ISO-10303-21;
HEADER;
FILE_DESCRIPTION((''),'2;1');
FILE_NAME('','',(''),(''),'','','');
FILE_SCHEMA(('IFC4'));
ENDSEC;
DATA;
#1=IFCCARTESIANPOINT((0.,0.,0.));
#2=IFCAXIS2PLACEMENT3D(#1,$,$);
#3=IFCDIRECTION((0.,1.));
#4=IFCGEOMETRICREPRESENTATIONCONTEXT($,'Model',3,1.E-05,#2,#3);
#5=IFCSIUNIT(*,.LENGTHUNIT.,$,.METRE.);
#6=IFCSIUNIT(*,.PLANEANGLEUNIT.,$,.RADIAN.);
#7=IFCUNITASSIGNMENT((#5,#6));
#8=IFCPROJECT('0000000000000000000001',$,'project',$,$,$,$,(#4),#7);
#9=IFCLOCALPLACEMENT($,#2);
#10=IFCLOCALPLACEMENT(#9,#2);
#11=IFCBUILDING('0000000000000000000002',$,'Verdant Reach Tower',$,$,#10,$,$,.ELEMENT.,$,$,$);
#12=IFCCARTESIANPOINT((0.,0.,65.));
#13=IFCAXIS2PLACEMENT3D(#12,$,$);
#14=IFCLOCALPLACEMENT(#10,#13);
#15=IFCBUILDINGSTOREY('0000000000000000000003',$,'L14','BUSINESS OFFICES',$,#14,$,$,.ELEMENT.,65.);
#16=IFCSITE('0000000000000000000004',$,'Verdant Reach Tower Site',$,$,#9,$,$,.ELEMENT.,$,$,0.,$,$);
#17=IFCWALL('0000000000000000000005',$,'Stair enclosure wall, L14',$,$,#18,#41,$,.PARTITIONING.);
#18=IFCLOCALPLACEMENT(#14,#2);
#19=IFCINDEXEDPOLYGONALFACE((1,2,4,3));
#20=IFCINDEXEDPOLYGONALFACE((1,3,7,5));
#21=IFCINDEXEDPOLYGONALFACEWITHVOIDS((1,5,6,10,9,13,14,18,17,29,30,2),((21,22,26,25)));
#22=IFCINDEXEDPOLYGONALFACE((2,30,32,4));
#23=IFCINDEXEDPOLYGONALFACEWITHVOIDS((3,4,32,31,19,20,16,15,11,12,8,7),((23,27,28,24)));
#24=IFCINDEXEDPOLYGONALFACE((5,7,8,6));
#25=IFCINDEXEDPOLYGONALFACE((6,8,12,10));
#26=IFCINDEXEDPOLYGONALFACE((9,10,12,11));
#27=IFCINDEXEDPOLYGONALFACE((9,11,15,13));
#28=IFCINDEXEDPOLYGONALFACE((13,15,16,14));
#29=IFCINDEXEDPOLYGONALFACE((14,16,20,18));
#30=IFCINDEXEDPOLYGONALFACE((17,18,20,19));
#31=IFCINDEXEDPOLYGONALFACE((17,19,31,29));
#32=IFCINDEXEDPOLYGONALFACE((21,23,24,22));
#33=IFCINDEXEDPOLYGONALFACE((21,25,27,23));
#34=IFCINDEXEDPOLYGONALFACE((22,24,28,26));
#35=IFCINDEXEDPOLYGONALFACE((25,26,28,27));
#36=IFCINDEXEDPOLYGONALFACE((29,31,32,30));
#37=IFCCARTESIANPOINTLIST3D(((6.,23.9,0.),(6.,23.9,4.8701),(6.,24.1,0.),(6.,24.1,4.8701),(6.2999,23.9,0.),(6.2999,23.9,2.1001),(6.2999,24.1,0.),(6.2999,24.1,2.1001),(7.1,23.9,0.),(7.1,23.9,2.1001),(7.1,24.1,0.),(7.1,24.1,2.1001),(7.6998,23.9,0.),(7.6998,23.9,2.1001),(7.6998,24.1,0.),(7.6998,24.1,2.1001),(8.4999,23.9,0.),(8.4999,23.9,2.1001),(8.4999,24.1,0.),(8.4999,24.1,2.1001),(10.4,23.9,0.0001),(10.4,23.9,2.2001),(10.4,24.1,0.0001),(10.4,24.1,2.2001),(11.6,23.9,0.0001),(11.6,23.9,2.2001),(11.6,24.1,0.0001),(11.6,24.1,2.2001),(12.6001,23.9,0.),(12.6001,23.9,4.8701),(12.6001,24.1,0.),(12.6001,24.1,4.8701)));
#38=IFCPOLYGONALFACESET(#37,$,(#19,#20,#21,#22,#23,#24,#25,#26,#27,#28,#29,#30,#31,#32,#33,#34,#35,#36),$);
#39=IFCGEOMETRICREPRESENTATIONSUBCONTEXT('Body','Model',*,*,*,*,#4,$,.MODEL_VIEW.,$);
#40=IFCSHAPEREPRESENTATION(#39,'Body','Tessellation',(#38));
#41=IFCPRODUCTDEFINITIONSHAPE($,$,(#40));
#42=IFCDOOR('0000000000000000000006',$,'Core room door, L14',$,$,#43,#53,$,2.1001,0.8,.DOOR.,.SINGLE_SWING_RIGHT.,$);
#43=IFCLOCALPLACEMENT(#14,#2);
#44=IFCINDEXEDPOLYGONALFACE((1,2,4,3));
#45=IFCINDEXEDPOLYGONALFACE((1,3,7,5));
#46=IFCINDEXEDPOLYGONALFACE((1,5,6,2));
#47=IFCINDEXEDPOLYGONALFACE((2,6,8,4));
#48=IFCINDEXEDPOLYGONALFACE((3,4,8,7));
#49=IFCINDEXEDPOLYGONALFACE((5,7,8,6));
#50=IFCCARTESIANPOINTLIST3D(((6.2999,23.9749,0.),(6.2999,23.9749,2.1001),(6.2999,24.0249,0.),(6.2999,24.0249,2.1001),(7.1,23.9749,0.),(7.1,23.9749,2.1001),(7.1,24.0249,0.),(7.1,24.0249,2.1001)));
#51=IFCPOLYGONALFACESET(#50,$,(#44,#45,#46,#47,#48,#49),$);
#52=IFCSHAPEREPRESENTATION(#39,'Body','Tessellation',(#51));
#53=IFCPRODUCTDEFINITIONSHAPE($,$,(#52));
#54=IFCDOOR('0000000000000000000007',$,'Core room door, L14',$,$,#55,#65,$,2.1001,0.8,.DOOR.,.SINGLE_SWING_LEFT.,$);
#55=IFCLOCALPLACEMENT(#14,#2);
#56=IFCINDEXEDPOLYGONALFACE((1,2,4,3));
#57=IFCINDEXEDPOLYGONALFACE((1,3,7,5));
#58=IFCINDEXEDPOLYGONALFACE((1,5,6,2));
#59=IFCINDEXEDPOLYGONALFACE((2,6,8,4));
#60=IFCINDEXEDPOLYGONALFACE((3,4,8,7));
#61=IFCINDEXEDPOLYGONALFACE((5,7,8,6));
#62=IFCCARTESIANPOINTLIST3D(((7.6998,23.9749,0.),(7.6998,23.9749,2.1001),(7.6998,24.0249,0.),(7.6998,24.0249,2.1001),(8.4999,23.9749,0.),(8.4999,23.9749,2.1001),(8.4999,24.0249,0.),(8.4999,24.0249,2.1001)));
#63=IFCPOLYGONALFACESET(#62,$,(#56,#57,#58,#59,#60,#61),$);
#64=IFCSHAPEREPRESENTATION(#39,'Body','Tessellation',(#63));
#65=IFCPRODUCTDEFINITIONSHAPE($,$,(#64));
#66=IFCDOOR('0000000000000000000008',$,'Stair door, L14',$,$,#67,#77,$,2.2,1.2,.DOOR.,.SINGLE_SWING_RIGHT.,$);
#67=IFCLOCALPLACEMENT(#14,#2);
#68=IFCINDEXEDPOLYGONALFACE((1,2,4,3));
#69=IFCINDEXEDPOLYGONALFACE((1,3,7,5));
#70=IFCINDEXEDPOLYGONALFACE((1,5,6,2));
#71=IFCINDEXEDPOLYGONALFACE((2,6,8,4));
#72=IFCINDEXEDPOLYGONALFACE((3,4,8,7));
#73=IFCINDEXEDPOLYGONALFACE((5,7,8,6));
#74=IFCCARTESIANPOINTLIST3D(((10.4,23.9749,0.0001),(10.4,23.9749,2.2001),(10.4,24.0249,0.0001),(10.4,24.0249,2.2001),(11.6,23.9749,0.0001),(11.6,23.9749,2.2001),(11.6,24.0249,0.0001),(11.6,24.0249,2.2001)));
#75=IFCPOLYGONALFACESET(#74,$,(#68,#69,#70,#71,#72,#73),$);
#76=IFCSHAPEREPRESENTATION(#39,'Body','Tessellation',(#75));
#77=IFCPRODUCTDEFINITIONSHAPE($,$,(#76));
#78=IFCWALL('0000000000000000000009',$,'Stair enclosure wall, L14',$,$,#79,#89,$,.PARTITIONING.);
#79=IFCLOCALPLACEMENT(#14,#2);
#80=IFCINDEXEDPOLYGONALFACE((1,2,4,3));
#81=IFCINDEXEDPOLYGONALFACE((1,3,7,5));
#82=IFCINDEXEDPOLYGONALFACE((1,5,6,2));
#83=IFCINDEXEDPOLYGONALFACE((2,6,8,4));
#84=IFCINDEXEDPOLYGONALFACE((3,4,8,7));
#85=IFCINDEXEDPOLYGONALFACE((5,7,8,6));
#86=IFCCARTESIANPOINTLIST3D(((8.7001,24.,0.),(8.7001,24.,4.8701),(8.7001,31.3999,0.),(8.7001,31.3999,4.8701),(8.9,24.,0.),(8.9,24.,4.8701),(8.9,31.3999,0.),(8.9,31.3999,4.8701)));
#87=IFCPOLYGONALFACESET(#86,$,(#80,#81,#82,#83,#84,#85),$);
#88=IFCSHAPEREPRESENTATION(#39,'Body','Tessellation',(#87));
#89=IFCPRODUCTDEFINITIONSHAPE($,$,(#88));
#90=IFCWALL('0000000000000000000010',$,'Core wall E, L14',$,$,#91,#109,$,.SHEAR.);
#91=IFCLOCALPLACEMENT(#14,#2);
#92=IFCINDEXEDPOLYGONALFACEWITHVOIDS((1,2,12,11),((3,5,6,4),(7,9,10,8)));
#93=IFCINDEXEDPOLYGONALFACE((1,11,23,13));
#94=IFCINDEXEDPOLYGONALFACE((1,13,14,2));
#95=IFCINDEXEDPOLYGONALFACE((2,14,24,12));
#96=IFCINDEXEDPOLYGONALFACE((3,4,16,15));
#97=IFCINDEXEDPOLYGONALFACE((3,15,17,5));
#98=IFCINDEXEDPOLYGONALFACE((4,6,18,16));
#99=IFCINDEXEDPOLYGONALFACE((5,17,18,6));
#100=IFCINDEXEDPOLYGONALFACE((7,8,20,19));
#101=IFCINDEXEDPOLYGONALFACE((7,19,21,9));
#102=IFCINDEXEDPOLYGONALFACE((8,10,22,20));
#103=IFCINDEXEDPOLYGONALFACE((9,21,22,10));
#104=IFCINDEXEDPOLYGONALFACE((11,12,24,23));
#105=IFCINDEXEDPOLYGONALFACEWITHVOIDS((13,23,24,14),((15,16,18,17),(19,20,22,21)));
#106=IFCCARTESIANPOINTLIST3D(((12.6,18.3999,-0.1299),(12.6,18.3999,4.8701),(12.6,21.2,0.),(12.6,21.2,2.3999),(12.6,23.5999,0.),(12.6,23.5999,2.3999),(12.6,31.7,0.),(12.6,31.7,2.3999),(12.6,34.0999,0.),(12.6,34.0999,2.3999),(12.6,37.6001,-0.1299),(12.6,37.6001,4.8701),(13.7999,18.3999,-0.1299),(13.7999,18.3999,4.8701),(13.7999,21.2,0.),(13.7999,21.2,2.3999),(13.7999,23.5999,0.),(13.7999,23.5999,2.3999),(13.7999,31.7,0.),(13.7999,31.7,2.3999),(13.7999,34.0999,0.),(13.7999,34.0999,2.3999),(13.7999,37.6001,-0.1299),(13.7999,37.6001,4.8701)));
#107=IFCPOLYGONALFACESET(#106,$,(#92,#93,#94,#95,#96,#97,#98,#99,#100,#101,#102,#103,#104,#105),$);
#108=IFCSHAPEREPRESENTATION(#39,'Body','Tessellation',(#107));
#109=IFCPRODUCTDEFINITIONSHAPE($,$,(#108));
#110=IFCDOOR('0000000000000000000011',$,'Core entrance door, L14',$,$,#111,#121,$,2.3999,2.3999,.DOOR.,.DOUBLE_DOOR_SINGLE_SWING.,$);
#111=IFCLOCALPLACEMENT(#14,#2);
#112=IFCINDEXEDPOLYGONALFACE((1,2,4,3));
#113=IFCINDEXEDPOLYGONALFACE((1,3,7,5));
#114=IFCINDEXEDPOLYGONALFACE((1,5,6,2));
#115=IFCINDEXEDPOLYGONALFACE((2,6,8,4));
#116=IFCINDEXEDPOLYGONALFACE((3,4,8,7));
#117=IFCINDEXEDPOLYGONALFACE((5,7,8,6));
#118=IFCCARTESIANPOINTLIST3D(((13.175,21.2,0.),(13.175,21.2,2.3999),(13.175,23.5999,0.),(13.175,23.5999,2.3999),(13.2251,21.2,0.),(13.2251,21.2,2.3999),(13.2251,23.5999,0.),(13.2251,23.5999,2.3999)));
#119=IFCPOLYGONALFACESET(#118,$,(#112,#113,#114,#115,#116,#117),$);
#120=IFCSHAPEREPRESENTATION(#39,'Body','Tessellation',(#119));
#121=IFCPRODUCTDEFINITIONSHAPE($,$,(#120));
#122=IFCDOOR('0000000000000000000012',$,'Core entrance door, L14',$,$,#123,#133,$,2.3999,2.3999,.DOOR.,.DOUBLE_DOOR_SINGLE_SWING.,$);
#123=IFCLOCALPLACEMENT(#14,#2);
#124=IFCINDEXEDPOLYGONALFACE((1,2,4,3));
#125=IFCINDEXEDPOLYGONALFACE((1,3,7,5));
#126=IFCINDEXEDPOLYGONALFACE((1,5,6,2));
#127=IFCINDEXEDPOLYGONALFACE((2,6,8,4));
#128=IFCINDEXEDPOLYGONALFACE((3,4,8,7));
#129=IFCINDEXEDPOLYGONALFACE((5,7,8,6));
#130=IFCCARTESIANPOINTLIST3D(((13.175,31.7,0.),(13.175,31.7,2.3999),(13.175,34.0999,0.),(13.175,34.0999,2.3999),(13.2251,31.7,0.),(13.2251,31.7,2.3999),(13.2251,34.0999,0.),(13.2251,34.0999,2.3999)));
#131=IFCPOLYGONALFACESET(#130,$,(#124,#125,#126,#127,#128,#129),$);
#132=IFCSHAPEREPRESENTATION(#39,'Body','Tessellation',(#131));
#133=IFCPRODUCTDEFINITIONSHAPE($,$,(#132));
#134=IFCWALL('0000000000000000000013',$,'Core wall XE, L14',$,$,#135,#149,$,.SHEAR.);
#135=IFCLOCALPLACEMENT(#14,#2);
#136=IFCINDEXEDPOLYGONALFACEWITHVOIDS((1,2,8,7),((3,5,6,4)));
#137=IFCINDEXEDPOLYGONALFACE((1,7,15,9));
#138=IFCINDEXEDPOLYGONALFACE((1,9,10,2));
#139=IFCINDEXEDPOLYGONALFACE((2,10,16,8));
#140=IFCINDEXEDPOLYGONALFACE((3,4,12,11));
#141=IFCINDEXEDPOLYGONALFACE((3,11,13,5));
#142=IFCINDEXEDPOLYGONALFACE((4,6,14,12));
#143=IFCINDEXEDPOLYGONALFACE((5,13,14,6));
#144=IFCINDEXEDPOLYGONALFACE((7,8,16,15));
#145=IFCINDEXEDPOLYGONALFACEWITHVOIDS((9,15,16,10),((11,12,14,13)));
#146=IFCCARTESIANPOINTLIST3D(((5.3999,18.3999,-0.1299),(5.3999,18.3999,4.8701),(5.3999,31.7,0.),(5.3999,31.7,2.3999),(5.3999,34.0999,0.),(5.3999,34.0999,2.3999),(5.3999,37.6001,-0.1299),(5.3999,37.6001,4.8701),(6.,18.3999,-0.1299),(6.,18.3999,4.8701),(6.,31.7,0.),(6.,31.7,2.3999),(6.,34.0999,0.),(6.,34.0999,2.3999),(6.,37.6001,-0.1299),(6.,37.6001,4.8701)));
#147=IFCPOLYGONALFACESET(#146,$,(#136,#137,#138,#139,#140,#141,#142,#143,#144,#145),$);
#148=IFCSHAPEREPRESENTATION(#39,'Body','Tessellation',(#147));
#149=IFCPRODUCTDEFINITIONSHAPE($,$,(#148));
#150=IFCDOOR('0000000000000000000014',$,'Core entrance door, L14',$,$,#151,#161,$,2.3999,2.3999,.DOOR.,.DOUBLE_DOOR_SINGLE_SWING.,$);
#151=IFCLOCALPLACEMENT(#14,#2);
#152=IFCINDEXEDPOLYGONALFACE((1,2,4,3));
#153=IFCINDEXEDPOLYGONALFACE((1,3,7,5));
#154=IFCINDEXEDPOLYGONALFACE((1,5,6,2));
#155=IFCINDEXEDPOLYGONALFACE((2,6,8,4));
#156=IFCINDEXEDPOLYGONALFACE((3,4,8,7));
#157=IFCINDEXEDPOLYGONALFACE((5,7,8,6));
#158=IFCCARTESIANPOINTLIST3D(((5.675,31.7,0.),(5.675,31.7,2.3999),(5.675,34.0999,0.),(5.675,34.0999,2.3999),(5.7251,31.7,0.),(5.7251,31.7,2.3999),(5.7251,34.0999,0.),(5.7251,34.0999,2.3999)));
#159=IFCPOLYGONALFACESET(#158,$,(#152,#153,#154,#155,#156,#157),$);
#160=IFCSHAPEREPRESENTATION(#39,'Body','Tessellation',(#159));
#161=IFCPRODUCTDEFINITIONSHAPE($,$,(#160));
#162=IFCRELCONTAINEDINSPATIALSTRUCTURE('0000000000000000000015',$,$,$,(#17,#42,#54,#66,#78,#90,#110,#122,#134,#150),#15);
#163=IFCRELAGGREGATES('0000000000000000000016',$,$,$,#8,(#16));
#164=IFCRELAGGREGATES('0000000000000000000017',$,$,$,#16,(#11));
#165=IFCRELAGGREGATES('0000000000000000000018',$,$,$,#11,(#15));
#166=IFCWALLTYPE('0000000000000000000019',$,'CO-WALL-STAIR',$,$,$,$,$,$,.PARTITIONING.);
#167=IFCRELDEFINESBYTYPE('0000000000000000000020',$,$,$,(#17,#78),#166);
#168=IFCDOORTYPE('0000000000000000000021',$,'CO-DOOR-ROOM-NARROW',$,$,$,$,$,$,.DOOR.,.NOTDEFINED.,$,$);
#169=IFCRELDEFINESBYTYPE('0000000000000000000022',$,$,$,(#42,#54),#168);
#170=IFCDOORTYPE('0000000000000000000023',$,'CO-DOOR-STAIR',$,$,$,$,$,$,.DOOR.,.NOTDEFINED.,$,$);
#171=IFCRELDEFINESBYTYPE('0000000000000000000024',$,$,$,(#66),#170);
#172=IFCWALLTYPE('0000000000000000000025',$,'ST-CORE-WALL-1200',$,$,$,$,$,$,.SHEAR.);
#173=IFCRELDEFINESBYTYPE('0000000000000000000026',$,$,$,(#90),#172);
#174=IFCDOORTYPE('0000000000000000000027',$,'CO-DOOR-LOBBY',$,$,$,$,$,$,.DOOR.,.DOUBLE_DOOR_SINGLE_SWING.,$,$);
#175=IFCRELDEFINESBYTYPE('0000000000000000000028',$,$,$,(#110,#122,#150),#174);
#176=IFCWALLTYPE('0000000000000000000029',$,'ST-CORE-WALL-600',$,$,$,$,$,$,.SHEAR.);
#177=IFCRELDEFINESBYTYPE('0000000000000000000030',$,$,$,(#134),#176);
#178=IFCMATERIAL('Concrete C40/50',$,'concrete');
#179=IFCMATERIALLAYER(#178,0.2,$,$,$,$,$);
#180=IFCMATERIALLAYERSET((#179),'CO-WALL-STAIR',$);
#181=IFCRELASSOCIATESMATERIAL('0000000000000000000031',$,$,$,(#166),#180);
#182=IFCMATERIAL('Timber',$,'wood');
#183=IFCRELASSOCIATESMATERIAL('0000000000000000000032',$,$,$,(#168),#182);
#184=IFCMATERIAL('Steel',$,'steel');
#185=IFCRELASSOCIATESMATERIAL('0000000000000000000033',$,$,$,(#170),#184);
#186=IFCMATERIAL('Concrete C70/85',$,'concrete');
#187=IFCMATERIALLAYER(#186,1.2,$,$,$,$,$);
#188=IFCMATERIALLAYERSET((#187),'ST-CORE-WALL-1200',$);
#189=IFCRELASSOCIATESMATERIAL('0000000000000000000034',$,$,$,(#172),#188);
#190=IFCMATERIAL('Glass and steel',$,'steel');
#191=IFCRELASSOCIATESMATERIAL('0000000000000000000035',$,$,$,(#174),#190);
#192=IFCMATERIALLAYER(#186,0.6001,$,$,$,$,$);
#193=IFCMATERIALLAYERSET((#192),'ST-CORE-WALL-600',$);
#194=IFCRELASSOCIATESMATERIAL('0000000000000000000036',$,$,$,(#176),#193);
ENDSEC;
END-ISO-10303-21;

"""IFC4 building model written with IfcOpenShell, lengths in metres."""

from ifc_helpers import new_model, si_unit, direction, frame, frame_2d, origin, place, context, subcontext, project, spatial, rectangle, extrude, material, layer, layer_set, type_object, element, fill, save


model = new_model("IFC4")

# Units and contexts
model_context = context("Model", 3, precision=1e-05, world=origin(), true_north=direction((0.0, 1.0)))
body_context = subcontext(model_context, "Body", "Model", "MODEL_VIEW")
ifc_project = project(units=[si_unit("LENGTHUNIT", "METRE"), si_unit("PLANEANGLEUNIT", "RADIAN")], contexts=[model_context])

# Site, building, storey
site_placement = place(None, origin())
site = spatial("IfcSite", under=ifc_project, at=site_placement, Name="Verdant Reach Tower Site", CompositionType="ELEMENT", RefElevation=0.0)
building_placement = place(site_placement, origin())
building = spatial("IfcBuilding", under=site, at=building_placement, Name="Verdant Reach Tower", CompositionType="ELEMENT")
storey_placement = place(building_placement, frame((0.0, 0.0, 65.0)))
storey = spatial("IfcBuildingStorey", under=building, at=storey_placement, Name="L14", Description="BUSINESS OFFICES", CompositionType="ELEMENT", Elevation=65.0)

# Shared definitions
ifc_material_1 = material(Name="Timber", Category="wood")

# Shared definitions
ifc_material_2 = material(Name="Concrete C40/50", Category="concrete")

# Wall, openings, doors
ifc_layer_1 = layer(ifc_material_2, 0.2)
ifc_layer_set_1 = layer_set([ifc_layer_1], Name="CO-WALL-STAIR")
wall_type_1 = type_object("IfcWallType", Name="CO-WALL-STAIR", PredefinedType="PARTITIONING", material=ifc_layer_set_1)
wall_1_placement = place(storey_placement, frame((6.0, 24.0, 0.0), z_axis=(0.0, 0.0, 1.0), x_axis=(1.0, 0.0, 0.0)))
wall_1 = element("IfcWall", 1, at=wall_1_placement, inside=storey, type_object=wall_type_1, Name="Stair enclosure wall, L14", PredefinedType="PARTITIONING", context=body_context, shape_type="SweptSolid", body=[
    extrude(rectangle(XDim=6.6001, YDim=0.2, at=frame_2d((3.3, 0.0))), origin(), (0.0, 0.0, 1.0), 4.8701),
])
opening_1_placement = place(wall_1_placement, frame((0.3, 0.0, 0.0)))
opening_1 = element("IfcOpeningElement", 2, at=opening_1_placement, cuts=wall_1, PredefinedType="OPENING", context=body_context, shape_type="SweptSolid", body=[
    extrude(rectangle(XDim=0.8, YDim=2.1001, at=frame_2d((0.3999, 1.05))), frame((0.0, 0.1099, 0.0), z_axis=(0.0, -1.0, 0.0), x_axis=(1.0, 0.0, 0.0)), (0.0, 0.0, 1.0), 0.22),
])
opening_2_placement = place(wall_1_placement, frame((1.7, 0.0, 0.0)))
opening_2 = element("IfcOpeningElement", 3, at=opening_2_placement, cuts=wall_1, PredefinedType="OPENING", context=body_context, shape_type="SweptSolid", body=[
    extrude(rectangle(XDim=0.8, YDim=2.1001, at=frame_2d((0.3999, 1.05))), frame((0.0, 0.1099, 0.0), z_axis=(0.0, -1.0, 0.0), x_axis=(1.0, 0.0, 0.0)), (0.0, 0.0, 1.0), 0.22),
])
opening_3_placement = place(wall_1_placement, frame((4.3999, 0.0, 0.0)))
opening_3 = element("IfcOpeningElement", 4, at=opening_3_placement, cuts=wall_1, PredefinedType="OPENING", context=body_context, shape_type="SweptSolid", body=[
    extrude(rectangle(XDim=1.2, YDim=2.2, at=frame_2d((0.6001, 1.1001))), frame((0.0, 0.1099, 0.0), z_axis=(0.0, -1.0, 0.0), x_axis=(1.0, 0.0, 0.0)), (0.0, 0.0, 1.0), 0.22),
])
door_type_1 = type_object("IfcDoorType", Name="CO-DOOR-ROOM-NARROW", OperationType="NOTDEFINED", PredefinedType="DOOR", material=ifc_material_1)
door_1_placement = place(opening_1_placement, origin())
door_1 = element("IfcDoor", 5, at=door_1_placement, inside=storey, type_object=door_type_1, Name="Core room door, L14", OperationType="SINGLE_SWING_RIGHT", OverallHeight=2.1001, OverallWidth=0.8, PredefinedType="DOOR", context=body_context, shape_type="SweptSolid", body=[
    extrude(rectangle(XDim=0.8, YDim=2.1001, at=frame_2d((0.3999, 1.05))), frame((0.0, 0.0249, 0.0), z_axis=(0.0, -1.0, 0.0), x_axis=(1.0, 0.0, 0.0)), (0.0, 0.0, 1.0), 0.05),
])
fill(opening_1, door_1)
door_2_placement = place(opening_2_placement, origin())
door_2 = element("IfcDoor", 6, at=door_2_placement, inside=storey, type_object=door_type_1, Name="Core room door, L14", OperationType="SINGLE_SWING_LEFT", OverallHeight=2.1001, OverallWidth=0.8, PredefinedType="DOOR", context=body_context, shape_type="SweptSolid", body=[
    extrude(rectangle(XDim=0.8, YDim=2.1001, at=frame_2d((0.3999, 1.05))), frame((0.0, 0.0249, 0.0), z_axis=(0.0, -1.0, 0.0), x_axis=(1.0, 0.0, 0.0)), (0.0, 0.0, 1.0), 0.05),
])
fill(opening_2, door_2)
ifc_material_3 = material(Name="Steel", Category="steel")
door_type_2 = type_object("IfcDoorType", Name="CO-DOOR-STAIR", OperationType="NOTDEFINED", PredefinedType="DOOR", material=ifc_material_3)
door_3_placement = place(opening_3_placement, origin())
door_3 = element("IfcDoor", 7, at=door_3_placement, inside=storey, type_object=door_type_2, Name="Stair door, L14", OperationType="SINGLE_SWING_RIGHT", OverallHeight=2.2, OverallWidth=1.2, PredefinedType="DOOR", context=body_context, shape_type="SweptSolid", body=[
    extrude(rectangle(XDim=1.2, YDim=2.2, at=frame_2d((0.6001, 1.1001))), frame((0.0, 0.0249, 0.0), z_axis=(0.0, -1.0, 0.0), x_axis=(1.0, 0.0, 0.0)), (0.0, 0.0, 1.0), 0.05),
])
fill(opening_3, door_3)

# Wall
wall_2_placement = place(storey_placement, frame((8.8, 24.0, 0.0), z_axis=(0.0, 0.0, 1.0), x_axis=(0.0, 1.0, 0.0)))
element("IfcWall", 8, at=wall_2_placement, inside=storey, type_object=wall_type_1, Name="Stair enclosure wall, L14", PredefinedType="PARTITIONING", context=body_context, shape_type="SweptSolid", body=[
    extrude(rectangle(XDim=7.3999, YDim=0.2, at=frame_2d((3.7, 0.0))), origin(), (0.0, 0.0, 1.0), 4.8701),
])

# Wall, openings, doors
ifc_material_4 = material(Name="Concrete C70/85", Category="concrete")
ifc_layer_2 = layer(ifc_material_4, 1.2)
ifc_layer_set_2 = layer_set([ifc_layer_2], Name="ST-CORE-WALL-1200")
wall_type_2 = type_object("IfcWallType", Name="ST-CORE-WALL-1200", PredefinedType="SHEAR", material=ifc_layer_set_2)
wall_3_placement = place(storey_placement, frame((13.2, 18.3999, -0.1299), z_axis=(0.0, 0.0, 1.0), x_axis=(0.0, 1.0, 0.0)))
wall_3 = element("IfcWall", 9, at=wall_3_placement, inside=storey, type_object=wall_type_2, Name="Core wall E, L14", PredefinedType="SHEAR", context=body_context, shape_type="SweptSolid", body=[
    extrude(rectangle(XDim=19.2002, YDim=1.2, at=frame_2d((9.6001, 0.0))), origin(), (0.0, 0.0, 1.0), 5.0),
])
opening_4_placement = place(wall_3_placement, frame((2.8, 0.0, 0.1299)))
opening_4 = element("IfcOpeningElement", 10, at=opening_4_placement, cuts=wall_3, PredefinedType="OPENING", context=body_context, shape_type="SweptSolid", body=[
    extrude(rectangle(XDim=2.3999, YDim=2.3999, at=frame_2d((1.2, 1.2))), frame((0.0, 0.6099, 0.0), z_axis=(0.0, -1.0, 0.0), x_axis=(1.0, 0.0, 0.0)), (0.0, 0.0, 1.0), 1.22),
])
opening_5_placement = place(wall_3_placement, frame((13.3, 0.0, 0.1299)))
opening_5 = element("IfcOpeningElement", 11, at=opening_5_placement, cuts=wall_3, PredefinedType="OPENING", context=body_context, shape_type="SweptSolid", body=[
    extrude(rectangle(XDim=2.3999, YDim=2.3999, at=frame_2d((1.2, 1.2))), frame((0.0, 0.6099, 0.0), z_axis=(0.0, -1.0, 0.0), x_axis=(1.0, 0.0, 0.0)), (0.0, 0.0, 1.0), 1.22),
])
ifc_material_5 = material(Name="Glass and steel", Category="steel")
door_type_3 = type_object("IfcDoorType", Name="CO-DOOR-LOBBY", OperationType="DOUBLE_DOOR_SINGLE_SWING", PredefinedType="DOOR", material=ifc_material_5)
door_4_placement = place(opening_4_placement, origin())
door_4 = element("IfcDoor", 12, at=door_4_placement, inside=storey, type_object=door_type_3, Name="Core entrance door, L14", OperationType="DOUBLE_DOOR_SINGLE_SWING", OverallHeight=2.3999, OverallWidth=2.3999, PredefinedType="DOOR", context=body_context, shape_type="SweptSolid", body=[
    extrude(rectangle(XDim=2.3999, YDim=2.3999, at=frame_2d((1.2, 1.2))), frame((0.0, 0.0249, 0.0), z_axis=(0.0, -1.0, 0.0), x_axis=(1.0, 0.0, 0.0)), (0.0, 0.0, 1.0), 0.05),
])
fill(opening_4, door_4)
door_5_placement = place(opening_5_placement, origin())
door_5 = element("IfcDoor", 13, at=door_5_placement, inside=storey, type_object=door_type_3, Name="Core entrance door, L14", OperationType="DOUBLE_DOOR_SINGLE_SWING", OverallHeight=2.3999, OverallWidth=2.3999, PredefinedType="DOOR", context=body_context, shape_type="SweptSolid", body=[
    extrude(rectangle(XDim=2.3999, YDim=2.3999, at=frame_2d((1.2, 1.2))), frame((0.0, 0.0249, 0.0), z_axis=(0.0, -1.0, 0.0), x_axis=(1.0, 0.0, 0.0)), (0.0, 0.0, 1.0), 0.05),
])
fill(opening_5, door_5)

# Wall, opening, door
ifc_layer_3 = layer(ifc_material_4, 0.6001)
ifc_layer_set_3 = layer_set([ifc_layer_3], Name="ST-CORE-WALL-600")
wall_type_3 = type_object("IfcWallType", Name="ST-CORE-WALL-600", PredefinedType="SHEAR", material=ifc_layer_set_3)
wall_4_placement = place(storey_placement, frame((5.7, 18.3999, -0.1299), z_axis=(0.0, 0.0, 1.0), x_axis=(0.0, 1.0, 0.0)))
wall_4 = element("IfcWall", 14, at=wall_4_placement, inside=storey, type_object=wall_type_3, Name="Core wall XE, L14", PredefinedType="SHEAR", context=body_context, shape_type="SweptSolid", body=[
    extrude(rectangle(XDim=19.2002, YDim=0.6001, at=frame_2d((9.6001, 0.0))), origin(), (0.0, 0.0, 1.0), 5.0),
])
opening_6_placement = place(wall_4_placement, frame((13.3, 0.0, 0.1299)))
opening_6 = element("IfcOpeningElement", 15, at=opening_6_placement, cuts=wall_4, PredefinedType="OPENING", context=body_context, shape_type="SweptSolid", body=[
    extrude(rectangle(XDim=2.3999, YDim=2.3999, at=frame_2d((1.2, 1.2))), frame((0.0, 0.3101, 0.0), z_axis=(0.0, -1.0, 0.0), x_axis=(1.0, 0.0, 0.0)), (0.0, 0.0, 1.0), 0.6201),
])
door_6_placement = place(opening_6_placement, origin())
door_6 = element("IfcDoor", 16, at=door_6_placement, inside=storey, type_object=door_type_3, Name="Core entrance door, L14", OperationType="DOUBLE_DOOR_SINGLE_SWING", OverallHeight=2.3999, OverallWidth=2.3999, PredefinedType="DOOR", context=body_context, shape_type="SweptSolid", body=[
    extrude(rectangle(XDim=2.3999, YDim=2.3999, at=frame_2d((1.2, 1.2))), frame((0.0, 0.0249, 0.0), z_axis=(0.0, -1.0, 0.0), x_axis=(1.0, 0.0, 0.0)), (0.0, 0.0, 1.0), 0.05),
])
fill(opening_6, door_6)

save(model, "model.ifc")
